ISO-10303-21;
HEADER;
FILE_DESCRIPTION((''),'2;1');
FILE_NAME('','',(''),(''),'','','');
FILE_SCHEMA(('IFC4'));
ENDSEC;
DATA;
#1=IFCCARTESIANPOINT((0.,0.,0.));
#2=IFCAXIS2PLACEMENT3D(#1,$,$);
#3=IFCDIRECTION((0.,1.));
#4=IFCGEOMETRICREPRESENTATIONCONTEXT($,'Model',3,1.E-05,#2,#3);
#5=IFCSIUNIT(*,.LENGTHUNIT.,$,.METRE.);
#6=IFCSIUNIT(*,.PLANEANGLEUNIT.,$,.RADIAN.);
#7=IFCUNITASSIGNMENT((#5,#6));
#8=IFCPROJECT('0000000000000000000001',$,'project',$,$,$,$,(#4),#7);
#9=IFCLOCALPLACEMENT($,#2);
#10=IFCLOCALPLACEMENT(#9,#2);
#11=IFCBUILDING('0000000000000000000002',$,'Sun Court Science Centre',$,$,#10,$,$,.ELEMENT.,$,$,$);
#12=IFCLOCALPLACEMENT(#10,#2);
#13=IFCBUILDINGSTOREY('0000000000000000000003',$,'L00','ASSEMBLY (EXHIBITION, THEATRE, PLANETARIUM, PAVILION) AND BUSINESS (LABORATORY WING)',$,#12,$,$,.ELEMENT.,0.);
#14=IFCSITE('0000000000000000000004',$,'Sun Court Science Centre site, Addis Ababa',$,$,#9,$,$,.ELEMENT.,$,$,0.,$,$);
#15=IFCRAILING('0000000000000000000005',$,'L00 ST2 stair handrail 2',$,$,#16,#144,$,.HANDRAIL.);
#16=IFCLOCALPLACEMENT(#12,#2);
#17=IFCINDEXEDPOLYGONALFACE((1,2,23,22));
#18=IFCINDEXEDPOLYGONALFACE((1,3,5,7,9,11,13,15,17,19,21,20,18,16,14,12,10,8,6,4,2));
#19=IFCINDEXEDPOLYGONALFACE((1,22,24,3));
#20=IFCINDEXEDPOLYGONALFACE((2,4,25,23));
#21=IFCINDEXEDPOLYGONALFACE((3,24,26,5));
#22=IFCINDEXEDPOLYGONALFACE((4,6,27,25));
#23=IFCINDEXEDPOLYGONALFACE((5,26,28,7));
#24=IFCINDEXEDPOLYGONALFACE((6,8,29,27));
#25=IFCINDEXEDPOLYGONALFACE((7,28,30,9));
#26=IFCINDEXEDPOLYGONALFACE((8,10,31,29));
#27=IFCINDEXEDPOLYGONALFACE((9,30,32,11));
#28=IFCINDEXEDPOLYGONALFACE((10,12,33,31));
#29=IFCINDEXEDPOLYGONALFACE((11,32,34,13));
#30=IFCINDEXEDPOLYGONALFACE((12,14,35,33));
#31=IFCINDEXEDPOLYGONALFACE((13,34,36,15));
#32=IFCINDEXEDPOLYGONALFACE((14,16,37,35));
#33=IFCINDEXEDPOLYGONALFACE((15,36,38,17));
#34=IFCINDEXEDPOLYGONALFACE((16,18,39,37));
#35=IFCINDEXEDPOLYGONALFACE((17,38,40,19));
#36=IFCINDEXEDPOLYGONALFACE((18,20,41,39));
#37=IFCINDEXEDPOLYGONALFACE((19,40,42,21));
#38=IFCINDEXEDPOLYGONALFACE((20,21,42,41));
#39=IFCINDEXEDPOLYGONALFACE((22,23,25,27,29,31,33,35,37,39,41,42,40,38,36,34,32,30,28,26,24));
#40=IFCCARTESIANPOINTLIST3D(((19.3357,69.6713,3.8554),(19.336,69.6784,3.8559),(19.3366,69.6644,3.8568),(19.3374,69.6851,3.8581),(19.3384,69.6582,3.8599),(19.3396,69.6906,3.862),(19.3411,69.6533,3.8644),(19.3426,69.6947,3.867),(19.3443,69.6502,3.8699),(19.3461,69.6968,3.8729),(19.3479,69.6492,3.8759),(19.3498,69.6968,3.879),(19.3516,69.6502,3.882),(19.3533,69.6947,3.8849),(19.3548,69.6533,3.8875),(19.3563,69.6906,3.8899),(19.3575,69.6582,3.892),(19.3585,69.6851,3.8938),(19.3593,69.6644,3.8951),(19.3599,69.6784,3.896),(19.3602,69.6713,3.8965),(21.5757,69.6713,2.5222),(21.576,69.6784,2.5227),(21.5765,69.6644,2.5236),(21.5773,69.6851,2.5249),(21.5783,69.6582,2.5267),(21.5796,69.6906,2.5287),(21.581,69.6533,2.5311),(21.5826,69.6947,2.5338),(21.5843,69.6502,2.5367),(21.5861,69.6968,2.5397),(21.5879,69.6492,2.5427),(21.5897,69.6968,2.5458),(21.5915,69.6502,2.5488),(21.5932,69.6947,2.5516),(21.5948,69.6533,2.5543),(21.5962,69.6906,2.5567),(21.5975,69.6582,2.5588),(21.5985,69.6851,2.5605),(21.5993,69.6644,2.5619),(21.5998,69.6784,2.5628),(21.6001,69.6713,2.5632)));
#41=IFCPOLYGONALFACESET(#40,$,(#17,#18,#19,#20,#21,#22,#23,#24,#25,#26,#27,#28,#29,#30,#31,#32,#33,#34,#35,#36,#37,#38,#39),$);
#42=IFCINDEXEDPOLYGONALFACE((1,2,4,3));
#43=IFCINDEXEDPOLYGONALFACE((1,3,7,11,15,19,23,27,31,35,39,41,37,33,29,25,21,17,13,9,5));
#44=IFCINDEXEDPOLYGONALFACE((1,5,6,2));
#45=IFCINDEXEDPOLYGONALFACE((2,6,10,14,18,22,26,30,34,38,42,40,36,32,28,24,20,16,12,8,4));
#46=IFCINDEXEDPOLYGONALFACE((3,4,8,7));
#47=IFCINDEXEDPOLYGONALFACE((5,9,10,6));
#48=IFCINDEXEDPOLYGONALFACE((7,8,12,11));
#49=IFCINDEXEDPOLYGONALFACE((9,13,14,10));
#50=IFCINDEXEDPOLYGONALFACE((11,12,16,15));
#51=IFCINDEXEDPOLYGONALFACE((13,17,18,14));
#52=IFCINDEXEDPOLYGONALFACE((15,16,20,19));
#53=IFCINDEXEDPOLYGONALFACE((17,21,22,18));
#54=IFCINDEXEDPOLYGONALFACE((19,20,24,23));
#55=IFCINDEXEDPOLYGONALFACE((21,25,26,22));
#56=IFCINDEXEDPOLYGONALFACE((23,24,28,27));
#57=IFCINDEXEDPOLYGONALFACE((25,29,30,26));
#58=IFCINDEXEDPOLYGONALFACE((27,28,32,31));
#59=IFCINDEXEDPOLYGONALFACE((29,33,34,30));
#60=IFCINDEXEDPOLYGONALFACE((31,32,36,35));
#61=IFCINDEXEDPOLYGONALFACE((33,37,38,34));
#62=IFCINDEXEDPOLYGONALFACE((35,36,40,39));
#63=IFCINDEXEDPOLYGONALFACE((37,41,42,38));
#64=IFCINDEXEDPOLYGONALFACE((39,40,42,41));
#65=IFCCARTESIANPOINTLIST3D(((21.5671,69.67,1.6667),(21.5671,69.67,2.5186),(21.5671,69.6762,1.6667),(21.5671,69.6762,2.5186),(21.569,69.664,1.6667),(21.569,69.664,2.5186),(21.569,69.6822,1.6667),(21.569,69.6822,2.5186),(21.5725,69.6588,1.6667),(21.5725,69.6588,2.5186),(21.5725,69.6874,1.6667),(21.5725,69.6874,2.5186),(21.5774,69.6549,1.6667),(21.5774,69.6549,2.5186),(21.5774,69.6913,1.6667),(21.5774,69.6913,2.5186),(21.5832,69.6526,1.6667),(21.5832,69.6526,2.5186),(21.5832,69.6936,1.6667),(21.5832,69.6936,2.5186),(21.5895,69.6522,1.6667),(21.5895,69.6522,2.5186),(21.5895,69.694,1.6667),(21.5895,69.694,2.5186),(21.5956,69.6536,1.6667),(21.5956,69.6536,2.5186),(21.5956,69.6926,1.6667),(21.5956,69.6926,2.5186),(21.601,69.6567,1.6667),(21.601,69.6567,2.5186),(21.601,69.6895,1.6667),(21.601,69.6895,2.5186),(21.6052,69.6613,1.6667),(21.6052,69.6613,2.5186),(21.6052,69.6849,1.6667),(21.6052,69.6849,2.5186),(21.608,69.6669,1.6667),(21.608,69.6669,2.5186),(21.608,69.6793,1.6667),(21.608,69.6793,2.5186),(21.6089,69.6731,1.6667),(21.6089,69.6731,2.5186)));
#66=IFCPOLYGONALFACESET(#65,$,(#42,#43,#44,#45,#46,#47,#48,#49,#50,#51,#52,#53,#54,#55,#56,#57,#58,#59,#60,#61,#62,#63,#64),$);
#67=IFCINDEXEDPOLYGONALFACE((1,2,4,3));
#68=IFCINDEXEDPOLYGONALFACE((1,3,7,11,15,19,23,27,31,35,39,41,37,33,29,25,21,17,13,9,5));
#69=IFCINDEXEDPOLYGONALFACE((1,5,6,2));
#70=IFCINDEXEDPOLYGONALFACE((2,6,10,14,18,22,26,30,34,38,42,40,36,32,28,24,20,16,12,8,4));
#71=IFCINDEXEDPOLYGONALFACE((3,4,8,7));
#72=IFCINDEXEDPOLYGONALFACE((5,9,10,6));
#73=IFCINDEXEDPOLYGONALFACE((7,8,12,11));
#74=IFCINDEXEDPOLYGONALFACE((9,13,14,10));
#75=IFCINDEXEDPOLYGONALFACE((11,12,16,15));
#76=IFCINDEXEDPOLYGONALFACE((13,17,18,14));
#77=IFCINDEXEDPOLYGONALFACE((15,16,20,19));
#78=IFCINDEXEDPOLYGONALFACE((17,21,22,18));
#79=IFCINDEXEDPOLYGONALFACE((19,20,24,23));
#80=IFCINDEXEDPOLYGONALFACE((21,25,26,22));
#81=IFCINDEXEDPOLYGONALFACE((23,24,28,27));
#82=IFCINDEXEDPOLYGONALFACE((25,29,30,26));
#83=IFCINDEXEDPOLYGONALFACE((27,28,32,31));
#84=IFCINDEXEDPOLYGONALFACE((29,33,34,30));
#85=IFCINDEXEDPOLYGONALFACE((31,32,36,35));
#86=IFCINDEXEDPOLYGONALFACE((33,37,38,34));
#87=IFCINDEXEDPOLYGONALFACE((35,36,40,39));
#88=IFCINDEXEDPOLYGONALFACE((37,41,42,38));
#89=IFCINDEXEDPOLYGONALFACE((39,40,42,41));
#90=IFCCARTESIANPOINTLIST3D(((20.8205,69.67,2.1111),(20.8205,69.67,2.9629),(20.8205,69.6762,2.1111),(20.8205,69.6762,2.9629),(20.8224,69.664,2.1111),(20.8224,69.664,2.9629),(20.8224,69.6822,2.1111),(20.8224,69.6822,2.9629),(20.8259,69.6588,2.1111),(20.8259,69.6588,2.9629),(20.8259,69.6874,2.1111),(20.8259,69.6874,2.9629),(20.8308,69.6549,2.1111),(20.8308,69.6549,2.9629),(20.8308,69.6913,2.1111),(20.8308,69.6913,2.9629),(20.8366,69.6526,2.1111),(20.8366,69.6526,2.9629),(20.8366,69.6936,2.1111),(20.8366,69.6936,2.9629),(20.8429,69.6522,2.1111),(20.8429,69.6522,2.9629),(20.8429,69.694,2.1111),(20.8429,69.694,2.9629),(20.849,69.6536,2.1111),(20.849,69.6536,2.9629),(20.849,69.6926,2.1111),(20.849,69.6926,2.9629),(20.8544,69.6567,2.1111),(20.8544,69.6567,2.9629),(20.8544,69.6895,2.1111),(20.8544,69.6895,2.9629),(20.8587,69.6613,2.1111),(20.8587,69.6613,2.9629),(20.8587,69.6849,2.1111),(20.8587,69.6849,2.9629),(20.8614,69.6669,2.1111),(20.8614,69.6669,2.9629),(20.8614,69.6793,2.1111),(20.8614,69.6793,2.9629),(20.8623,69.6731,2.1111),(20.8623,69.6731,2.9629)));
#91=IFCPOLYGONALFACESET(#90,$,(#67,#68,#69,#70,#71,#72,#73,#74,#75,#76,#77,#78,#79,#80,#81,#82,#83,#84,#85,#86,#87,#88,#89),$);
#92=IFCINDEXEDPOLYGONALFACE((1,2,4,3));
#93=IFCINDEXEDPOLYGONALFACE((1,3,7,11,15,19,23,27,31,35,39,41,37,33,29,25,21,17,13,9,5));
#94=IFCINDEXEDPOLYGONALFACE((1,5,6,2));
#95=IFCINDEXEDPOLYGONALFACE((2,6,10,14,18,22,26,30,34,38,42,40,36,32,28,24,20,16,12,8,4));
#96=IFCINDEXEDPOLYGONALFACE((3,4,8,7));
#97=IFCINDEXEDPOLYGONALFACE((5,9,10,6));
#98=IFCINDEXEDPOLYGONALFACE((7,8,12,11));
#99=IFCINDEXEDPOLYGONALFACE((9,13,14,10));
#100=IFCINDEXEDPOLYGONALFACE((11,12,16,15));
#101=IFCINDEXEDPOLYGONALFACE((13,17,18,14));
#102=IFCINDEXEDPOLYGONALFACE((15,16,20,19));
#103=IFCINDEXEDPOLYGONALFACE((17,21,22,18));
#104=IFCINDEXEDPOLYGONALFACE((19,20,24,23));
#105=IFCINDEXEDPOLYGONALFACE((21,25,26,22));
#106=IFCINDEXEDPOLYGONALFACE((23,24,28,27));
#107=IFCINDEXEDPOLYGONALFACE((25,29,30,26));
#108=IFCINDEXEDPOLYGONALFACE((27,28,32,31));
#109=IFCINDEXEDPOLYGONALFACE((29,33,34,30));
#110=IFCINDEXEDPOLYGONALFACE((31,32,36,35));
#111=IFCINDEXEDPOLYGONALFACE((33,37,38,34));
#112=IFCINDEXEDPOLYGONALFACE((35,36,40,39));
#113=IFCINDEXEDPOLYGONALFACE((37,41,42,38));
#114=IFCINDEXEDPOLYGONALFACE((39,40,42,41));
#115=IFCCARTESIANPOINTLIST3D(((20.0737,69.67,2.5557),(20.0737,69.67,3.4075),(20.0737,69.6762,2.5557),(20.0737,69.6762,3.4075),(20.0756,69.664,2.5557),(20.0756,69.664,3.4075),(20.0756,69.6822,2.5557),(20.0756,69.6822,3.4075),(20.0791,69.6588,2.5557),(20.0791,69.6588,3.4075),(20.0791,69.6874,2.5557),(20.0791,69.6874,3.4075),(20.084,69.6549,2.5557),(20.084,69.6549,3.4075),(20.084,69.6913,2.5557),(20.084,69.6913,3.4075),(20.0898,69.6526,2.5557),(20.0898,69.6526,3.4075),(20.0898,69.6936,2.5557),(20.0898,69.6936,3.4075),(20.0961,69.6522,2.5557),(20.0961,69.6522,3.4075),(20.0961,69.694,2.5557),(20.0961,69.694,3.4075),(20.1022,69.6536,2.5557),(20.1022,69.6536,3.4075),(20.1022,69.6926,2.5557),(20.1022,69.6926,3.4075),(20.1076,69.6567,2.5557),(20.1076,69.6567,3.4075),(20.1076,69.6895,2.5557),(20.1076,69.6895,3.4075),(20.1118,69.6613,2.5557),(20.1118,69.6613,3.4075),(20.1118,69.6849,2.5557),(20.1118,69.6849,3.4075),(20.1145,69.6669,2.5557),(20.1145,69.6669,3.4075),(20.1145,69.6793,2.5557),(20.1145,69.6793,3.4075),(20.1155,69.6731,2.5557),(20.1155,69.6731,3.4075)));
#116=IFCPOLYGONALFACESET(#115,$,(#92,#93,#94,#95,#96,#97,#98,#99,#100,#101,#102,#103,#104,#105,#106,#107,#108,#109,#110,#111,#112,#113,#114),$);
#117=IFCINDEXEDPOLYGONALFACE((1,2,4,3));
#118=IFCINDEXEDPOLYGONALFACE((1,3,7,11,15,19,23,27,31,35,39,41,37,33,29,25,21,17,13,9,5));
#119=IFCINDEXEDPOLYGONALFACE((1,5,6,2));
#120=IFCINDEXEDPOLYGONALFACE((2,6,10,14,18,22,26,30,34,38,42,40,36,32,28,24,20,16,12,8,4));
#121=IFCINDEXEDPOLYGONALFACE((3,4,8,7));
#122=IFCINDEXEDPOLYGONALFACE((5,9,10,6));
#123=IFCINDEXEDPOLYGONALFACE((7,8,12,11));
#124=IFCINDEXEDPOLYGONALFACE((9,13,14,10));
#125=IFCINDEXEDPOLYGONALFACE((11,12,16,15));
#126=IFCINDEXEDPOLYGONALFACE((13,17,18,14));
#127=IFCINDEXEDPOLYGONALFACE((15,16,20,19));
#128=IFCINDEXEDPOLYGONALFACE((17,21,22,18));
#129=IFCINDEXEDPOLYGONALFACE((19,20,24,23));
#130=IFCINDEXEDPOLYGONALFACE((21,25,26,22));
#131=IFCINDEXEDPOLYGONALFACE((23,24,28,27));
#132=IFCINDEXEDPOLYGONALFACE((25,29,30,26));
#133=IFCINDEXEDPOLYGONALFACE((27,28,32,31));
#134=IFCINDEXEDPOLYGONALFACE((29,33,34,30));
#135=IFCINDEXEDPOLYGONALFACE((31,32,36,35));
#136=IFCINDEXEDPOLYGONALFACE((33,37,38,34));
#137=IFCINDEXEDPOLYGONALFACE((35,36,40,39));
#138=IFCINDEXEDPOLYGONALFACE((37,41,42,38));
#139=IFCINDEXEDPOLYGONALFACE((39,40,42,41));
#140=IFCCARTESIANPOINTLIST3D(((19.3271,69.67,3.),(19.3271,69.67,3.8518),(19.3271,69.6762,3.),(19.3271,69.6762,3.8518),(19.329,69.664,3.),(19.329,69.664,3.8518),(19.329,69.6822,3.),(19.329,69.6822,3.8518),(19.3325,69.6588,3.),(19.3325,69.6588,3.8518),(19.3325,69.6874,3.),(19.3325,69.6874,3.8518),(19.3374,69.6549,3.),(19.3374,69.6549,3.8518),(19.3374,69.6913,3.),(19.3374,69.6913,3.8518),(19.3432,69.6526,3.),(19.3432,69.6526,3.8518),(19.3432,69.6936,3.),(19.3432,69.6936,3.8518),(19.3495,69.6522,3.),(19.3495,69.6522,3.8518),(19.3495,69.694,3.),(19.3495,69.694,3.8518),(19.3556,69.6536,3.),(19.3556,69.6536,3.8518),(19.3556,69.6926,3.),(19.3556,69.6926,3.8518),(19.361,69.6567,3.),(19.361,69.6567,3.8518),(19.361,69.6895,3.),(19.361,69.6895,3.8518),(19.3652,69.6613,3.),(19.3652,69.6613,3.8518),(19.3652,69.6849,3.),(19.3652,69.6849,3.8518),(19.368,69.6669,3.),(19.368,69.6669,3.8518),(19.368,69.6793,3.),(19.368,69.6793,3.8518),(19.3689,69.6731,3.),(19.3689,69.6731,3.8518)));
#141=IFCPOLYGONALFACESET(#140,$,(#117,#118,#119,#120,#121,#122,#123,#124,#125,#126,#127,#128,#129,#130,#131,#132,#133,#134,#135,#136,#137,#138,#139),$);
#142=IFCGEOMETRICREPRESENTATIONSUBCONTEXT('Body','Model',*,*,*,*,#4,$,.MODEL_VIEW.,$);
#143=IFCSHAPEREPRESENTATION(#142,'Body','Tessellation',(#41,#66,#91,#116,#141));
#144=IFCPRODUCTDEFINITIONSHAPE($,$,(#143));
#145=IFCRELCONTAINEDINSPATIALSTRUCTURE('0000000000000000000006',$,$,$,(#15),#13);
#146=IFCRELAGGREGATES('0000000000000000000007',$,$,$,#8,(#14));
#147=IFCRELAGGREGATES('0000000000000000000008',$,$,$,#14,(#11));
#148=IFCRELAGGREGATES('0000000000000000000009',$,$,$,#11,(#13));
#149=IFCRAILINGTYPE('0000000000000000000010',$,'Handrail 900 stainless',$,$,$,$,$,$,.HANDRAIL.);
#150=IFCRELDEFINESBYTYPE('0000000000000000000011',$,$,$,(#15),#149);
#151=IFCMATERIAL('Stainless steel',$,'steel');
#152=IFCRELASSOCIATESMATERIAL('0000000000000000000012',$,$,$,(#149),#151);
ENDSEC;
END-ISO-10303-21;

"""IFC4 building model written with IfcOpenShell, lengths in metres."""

from ifc_helpers import new_model, si_unit, direction, frame, origin, origin_2d, place, context, subcontext, project, spatial, circle, extrude, material, type_object, element, save


model = new_model("IFC4")

# Units and contexts
model_context = context("Model", 3, precision=1e-05, world=origin(), true_north=direction((0.0, 1.0)))
body_context = subcontext(model_context, "Body", "Model", "MODEL_VIEW")
ifc_project = project(units=[si_unit("LENGTHUNIT", "METRE"), si_unit("PLANEANGLEUNIT", "RADIAN")], contexts=[model_context])

# Site, building, storey
site_placement = place(None, origin())
site = spatial("IfcSite", under=ifc_project, at=site_placement, Name="Sun Court Science Centre site, Addis Ababa", CompositionType="ELEMENT", RefElevation=0.0)
building_placement = place(site_placement, origin())
building = spatial("IfcBuilding", under=site, at=building_placement, Name="Sun Court Science Centre", CompositionType="ELEMENT")
storey_placement = place(building_placement, origin())
storey = spatial("IfcBuildingStorey", under=building, at=storey_placement, Name="L00", Description="ASSEMBLY (EXHIBITION, THEATRE, PLANETARIUM, PAVILION) AND BUSINESS (LABORATORY WING)", CompositionType="ELEMENT", Elevation=0.0)

# Railing
ifc_material_1 = material(Name="Stainless steel", Category="steel")
railing_type = type_object("IfcRailingType", Name="Handrail 900 stainless", PredefinedType="HANDRAIL", material=ifc_material_1)
for number, where, name in (
    (1, (21.5879, 69.6731, 1.6667), "L00 ST2 stair handrail 2"),
):
    element("IfcRailing", number, at=place(storey_placement, frame(where)), inside=storey, type_object=railing_type, Name=name, PredefinedType="HANDRAIL", context=body_context, shape_type="SweptSolid", body=[
        extrude(circle(Radius=0.0239, at=origin_2d()), frame((0.0, 0.0, 0.876), z_axis=(-0.859306, 0.0, 0.511462), x_axis=(0.0, -1.0, 0.0)), (0.0, 0.0, 1.0), 2.6067),
        extrude(circle(Radius=0.021, at=origin_2d()), origin(), (0.0, 0.0, 1.0), 0.8518),
        extrude(circle(Radius=0.021, at=origin_2d()), frame((-0.7466, 0.0, 0.4443)), (0.0, 0.0, 1.0), 0.8518),
        extrude(circle(Radius=0.021, at=origin_2d()), frame((-1.4934, 0.0, 0.8889)), (0.0, 0.0, 1.0), 0.8518),
        extrude(circle(Radius=0.021, at=origin_2d()), frame((-2.24, 0.0, 1.3333)), (0.0, 0.0, 1.0), 0.8518),
    ])

save(model, "model.ifc")
